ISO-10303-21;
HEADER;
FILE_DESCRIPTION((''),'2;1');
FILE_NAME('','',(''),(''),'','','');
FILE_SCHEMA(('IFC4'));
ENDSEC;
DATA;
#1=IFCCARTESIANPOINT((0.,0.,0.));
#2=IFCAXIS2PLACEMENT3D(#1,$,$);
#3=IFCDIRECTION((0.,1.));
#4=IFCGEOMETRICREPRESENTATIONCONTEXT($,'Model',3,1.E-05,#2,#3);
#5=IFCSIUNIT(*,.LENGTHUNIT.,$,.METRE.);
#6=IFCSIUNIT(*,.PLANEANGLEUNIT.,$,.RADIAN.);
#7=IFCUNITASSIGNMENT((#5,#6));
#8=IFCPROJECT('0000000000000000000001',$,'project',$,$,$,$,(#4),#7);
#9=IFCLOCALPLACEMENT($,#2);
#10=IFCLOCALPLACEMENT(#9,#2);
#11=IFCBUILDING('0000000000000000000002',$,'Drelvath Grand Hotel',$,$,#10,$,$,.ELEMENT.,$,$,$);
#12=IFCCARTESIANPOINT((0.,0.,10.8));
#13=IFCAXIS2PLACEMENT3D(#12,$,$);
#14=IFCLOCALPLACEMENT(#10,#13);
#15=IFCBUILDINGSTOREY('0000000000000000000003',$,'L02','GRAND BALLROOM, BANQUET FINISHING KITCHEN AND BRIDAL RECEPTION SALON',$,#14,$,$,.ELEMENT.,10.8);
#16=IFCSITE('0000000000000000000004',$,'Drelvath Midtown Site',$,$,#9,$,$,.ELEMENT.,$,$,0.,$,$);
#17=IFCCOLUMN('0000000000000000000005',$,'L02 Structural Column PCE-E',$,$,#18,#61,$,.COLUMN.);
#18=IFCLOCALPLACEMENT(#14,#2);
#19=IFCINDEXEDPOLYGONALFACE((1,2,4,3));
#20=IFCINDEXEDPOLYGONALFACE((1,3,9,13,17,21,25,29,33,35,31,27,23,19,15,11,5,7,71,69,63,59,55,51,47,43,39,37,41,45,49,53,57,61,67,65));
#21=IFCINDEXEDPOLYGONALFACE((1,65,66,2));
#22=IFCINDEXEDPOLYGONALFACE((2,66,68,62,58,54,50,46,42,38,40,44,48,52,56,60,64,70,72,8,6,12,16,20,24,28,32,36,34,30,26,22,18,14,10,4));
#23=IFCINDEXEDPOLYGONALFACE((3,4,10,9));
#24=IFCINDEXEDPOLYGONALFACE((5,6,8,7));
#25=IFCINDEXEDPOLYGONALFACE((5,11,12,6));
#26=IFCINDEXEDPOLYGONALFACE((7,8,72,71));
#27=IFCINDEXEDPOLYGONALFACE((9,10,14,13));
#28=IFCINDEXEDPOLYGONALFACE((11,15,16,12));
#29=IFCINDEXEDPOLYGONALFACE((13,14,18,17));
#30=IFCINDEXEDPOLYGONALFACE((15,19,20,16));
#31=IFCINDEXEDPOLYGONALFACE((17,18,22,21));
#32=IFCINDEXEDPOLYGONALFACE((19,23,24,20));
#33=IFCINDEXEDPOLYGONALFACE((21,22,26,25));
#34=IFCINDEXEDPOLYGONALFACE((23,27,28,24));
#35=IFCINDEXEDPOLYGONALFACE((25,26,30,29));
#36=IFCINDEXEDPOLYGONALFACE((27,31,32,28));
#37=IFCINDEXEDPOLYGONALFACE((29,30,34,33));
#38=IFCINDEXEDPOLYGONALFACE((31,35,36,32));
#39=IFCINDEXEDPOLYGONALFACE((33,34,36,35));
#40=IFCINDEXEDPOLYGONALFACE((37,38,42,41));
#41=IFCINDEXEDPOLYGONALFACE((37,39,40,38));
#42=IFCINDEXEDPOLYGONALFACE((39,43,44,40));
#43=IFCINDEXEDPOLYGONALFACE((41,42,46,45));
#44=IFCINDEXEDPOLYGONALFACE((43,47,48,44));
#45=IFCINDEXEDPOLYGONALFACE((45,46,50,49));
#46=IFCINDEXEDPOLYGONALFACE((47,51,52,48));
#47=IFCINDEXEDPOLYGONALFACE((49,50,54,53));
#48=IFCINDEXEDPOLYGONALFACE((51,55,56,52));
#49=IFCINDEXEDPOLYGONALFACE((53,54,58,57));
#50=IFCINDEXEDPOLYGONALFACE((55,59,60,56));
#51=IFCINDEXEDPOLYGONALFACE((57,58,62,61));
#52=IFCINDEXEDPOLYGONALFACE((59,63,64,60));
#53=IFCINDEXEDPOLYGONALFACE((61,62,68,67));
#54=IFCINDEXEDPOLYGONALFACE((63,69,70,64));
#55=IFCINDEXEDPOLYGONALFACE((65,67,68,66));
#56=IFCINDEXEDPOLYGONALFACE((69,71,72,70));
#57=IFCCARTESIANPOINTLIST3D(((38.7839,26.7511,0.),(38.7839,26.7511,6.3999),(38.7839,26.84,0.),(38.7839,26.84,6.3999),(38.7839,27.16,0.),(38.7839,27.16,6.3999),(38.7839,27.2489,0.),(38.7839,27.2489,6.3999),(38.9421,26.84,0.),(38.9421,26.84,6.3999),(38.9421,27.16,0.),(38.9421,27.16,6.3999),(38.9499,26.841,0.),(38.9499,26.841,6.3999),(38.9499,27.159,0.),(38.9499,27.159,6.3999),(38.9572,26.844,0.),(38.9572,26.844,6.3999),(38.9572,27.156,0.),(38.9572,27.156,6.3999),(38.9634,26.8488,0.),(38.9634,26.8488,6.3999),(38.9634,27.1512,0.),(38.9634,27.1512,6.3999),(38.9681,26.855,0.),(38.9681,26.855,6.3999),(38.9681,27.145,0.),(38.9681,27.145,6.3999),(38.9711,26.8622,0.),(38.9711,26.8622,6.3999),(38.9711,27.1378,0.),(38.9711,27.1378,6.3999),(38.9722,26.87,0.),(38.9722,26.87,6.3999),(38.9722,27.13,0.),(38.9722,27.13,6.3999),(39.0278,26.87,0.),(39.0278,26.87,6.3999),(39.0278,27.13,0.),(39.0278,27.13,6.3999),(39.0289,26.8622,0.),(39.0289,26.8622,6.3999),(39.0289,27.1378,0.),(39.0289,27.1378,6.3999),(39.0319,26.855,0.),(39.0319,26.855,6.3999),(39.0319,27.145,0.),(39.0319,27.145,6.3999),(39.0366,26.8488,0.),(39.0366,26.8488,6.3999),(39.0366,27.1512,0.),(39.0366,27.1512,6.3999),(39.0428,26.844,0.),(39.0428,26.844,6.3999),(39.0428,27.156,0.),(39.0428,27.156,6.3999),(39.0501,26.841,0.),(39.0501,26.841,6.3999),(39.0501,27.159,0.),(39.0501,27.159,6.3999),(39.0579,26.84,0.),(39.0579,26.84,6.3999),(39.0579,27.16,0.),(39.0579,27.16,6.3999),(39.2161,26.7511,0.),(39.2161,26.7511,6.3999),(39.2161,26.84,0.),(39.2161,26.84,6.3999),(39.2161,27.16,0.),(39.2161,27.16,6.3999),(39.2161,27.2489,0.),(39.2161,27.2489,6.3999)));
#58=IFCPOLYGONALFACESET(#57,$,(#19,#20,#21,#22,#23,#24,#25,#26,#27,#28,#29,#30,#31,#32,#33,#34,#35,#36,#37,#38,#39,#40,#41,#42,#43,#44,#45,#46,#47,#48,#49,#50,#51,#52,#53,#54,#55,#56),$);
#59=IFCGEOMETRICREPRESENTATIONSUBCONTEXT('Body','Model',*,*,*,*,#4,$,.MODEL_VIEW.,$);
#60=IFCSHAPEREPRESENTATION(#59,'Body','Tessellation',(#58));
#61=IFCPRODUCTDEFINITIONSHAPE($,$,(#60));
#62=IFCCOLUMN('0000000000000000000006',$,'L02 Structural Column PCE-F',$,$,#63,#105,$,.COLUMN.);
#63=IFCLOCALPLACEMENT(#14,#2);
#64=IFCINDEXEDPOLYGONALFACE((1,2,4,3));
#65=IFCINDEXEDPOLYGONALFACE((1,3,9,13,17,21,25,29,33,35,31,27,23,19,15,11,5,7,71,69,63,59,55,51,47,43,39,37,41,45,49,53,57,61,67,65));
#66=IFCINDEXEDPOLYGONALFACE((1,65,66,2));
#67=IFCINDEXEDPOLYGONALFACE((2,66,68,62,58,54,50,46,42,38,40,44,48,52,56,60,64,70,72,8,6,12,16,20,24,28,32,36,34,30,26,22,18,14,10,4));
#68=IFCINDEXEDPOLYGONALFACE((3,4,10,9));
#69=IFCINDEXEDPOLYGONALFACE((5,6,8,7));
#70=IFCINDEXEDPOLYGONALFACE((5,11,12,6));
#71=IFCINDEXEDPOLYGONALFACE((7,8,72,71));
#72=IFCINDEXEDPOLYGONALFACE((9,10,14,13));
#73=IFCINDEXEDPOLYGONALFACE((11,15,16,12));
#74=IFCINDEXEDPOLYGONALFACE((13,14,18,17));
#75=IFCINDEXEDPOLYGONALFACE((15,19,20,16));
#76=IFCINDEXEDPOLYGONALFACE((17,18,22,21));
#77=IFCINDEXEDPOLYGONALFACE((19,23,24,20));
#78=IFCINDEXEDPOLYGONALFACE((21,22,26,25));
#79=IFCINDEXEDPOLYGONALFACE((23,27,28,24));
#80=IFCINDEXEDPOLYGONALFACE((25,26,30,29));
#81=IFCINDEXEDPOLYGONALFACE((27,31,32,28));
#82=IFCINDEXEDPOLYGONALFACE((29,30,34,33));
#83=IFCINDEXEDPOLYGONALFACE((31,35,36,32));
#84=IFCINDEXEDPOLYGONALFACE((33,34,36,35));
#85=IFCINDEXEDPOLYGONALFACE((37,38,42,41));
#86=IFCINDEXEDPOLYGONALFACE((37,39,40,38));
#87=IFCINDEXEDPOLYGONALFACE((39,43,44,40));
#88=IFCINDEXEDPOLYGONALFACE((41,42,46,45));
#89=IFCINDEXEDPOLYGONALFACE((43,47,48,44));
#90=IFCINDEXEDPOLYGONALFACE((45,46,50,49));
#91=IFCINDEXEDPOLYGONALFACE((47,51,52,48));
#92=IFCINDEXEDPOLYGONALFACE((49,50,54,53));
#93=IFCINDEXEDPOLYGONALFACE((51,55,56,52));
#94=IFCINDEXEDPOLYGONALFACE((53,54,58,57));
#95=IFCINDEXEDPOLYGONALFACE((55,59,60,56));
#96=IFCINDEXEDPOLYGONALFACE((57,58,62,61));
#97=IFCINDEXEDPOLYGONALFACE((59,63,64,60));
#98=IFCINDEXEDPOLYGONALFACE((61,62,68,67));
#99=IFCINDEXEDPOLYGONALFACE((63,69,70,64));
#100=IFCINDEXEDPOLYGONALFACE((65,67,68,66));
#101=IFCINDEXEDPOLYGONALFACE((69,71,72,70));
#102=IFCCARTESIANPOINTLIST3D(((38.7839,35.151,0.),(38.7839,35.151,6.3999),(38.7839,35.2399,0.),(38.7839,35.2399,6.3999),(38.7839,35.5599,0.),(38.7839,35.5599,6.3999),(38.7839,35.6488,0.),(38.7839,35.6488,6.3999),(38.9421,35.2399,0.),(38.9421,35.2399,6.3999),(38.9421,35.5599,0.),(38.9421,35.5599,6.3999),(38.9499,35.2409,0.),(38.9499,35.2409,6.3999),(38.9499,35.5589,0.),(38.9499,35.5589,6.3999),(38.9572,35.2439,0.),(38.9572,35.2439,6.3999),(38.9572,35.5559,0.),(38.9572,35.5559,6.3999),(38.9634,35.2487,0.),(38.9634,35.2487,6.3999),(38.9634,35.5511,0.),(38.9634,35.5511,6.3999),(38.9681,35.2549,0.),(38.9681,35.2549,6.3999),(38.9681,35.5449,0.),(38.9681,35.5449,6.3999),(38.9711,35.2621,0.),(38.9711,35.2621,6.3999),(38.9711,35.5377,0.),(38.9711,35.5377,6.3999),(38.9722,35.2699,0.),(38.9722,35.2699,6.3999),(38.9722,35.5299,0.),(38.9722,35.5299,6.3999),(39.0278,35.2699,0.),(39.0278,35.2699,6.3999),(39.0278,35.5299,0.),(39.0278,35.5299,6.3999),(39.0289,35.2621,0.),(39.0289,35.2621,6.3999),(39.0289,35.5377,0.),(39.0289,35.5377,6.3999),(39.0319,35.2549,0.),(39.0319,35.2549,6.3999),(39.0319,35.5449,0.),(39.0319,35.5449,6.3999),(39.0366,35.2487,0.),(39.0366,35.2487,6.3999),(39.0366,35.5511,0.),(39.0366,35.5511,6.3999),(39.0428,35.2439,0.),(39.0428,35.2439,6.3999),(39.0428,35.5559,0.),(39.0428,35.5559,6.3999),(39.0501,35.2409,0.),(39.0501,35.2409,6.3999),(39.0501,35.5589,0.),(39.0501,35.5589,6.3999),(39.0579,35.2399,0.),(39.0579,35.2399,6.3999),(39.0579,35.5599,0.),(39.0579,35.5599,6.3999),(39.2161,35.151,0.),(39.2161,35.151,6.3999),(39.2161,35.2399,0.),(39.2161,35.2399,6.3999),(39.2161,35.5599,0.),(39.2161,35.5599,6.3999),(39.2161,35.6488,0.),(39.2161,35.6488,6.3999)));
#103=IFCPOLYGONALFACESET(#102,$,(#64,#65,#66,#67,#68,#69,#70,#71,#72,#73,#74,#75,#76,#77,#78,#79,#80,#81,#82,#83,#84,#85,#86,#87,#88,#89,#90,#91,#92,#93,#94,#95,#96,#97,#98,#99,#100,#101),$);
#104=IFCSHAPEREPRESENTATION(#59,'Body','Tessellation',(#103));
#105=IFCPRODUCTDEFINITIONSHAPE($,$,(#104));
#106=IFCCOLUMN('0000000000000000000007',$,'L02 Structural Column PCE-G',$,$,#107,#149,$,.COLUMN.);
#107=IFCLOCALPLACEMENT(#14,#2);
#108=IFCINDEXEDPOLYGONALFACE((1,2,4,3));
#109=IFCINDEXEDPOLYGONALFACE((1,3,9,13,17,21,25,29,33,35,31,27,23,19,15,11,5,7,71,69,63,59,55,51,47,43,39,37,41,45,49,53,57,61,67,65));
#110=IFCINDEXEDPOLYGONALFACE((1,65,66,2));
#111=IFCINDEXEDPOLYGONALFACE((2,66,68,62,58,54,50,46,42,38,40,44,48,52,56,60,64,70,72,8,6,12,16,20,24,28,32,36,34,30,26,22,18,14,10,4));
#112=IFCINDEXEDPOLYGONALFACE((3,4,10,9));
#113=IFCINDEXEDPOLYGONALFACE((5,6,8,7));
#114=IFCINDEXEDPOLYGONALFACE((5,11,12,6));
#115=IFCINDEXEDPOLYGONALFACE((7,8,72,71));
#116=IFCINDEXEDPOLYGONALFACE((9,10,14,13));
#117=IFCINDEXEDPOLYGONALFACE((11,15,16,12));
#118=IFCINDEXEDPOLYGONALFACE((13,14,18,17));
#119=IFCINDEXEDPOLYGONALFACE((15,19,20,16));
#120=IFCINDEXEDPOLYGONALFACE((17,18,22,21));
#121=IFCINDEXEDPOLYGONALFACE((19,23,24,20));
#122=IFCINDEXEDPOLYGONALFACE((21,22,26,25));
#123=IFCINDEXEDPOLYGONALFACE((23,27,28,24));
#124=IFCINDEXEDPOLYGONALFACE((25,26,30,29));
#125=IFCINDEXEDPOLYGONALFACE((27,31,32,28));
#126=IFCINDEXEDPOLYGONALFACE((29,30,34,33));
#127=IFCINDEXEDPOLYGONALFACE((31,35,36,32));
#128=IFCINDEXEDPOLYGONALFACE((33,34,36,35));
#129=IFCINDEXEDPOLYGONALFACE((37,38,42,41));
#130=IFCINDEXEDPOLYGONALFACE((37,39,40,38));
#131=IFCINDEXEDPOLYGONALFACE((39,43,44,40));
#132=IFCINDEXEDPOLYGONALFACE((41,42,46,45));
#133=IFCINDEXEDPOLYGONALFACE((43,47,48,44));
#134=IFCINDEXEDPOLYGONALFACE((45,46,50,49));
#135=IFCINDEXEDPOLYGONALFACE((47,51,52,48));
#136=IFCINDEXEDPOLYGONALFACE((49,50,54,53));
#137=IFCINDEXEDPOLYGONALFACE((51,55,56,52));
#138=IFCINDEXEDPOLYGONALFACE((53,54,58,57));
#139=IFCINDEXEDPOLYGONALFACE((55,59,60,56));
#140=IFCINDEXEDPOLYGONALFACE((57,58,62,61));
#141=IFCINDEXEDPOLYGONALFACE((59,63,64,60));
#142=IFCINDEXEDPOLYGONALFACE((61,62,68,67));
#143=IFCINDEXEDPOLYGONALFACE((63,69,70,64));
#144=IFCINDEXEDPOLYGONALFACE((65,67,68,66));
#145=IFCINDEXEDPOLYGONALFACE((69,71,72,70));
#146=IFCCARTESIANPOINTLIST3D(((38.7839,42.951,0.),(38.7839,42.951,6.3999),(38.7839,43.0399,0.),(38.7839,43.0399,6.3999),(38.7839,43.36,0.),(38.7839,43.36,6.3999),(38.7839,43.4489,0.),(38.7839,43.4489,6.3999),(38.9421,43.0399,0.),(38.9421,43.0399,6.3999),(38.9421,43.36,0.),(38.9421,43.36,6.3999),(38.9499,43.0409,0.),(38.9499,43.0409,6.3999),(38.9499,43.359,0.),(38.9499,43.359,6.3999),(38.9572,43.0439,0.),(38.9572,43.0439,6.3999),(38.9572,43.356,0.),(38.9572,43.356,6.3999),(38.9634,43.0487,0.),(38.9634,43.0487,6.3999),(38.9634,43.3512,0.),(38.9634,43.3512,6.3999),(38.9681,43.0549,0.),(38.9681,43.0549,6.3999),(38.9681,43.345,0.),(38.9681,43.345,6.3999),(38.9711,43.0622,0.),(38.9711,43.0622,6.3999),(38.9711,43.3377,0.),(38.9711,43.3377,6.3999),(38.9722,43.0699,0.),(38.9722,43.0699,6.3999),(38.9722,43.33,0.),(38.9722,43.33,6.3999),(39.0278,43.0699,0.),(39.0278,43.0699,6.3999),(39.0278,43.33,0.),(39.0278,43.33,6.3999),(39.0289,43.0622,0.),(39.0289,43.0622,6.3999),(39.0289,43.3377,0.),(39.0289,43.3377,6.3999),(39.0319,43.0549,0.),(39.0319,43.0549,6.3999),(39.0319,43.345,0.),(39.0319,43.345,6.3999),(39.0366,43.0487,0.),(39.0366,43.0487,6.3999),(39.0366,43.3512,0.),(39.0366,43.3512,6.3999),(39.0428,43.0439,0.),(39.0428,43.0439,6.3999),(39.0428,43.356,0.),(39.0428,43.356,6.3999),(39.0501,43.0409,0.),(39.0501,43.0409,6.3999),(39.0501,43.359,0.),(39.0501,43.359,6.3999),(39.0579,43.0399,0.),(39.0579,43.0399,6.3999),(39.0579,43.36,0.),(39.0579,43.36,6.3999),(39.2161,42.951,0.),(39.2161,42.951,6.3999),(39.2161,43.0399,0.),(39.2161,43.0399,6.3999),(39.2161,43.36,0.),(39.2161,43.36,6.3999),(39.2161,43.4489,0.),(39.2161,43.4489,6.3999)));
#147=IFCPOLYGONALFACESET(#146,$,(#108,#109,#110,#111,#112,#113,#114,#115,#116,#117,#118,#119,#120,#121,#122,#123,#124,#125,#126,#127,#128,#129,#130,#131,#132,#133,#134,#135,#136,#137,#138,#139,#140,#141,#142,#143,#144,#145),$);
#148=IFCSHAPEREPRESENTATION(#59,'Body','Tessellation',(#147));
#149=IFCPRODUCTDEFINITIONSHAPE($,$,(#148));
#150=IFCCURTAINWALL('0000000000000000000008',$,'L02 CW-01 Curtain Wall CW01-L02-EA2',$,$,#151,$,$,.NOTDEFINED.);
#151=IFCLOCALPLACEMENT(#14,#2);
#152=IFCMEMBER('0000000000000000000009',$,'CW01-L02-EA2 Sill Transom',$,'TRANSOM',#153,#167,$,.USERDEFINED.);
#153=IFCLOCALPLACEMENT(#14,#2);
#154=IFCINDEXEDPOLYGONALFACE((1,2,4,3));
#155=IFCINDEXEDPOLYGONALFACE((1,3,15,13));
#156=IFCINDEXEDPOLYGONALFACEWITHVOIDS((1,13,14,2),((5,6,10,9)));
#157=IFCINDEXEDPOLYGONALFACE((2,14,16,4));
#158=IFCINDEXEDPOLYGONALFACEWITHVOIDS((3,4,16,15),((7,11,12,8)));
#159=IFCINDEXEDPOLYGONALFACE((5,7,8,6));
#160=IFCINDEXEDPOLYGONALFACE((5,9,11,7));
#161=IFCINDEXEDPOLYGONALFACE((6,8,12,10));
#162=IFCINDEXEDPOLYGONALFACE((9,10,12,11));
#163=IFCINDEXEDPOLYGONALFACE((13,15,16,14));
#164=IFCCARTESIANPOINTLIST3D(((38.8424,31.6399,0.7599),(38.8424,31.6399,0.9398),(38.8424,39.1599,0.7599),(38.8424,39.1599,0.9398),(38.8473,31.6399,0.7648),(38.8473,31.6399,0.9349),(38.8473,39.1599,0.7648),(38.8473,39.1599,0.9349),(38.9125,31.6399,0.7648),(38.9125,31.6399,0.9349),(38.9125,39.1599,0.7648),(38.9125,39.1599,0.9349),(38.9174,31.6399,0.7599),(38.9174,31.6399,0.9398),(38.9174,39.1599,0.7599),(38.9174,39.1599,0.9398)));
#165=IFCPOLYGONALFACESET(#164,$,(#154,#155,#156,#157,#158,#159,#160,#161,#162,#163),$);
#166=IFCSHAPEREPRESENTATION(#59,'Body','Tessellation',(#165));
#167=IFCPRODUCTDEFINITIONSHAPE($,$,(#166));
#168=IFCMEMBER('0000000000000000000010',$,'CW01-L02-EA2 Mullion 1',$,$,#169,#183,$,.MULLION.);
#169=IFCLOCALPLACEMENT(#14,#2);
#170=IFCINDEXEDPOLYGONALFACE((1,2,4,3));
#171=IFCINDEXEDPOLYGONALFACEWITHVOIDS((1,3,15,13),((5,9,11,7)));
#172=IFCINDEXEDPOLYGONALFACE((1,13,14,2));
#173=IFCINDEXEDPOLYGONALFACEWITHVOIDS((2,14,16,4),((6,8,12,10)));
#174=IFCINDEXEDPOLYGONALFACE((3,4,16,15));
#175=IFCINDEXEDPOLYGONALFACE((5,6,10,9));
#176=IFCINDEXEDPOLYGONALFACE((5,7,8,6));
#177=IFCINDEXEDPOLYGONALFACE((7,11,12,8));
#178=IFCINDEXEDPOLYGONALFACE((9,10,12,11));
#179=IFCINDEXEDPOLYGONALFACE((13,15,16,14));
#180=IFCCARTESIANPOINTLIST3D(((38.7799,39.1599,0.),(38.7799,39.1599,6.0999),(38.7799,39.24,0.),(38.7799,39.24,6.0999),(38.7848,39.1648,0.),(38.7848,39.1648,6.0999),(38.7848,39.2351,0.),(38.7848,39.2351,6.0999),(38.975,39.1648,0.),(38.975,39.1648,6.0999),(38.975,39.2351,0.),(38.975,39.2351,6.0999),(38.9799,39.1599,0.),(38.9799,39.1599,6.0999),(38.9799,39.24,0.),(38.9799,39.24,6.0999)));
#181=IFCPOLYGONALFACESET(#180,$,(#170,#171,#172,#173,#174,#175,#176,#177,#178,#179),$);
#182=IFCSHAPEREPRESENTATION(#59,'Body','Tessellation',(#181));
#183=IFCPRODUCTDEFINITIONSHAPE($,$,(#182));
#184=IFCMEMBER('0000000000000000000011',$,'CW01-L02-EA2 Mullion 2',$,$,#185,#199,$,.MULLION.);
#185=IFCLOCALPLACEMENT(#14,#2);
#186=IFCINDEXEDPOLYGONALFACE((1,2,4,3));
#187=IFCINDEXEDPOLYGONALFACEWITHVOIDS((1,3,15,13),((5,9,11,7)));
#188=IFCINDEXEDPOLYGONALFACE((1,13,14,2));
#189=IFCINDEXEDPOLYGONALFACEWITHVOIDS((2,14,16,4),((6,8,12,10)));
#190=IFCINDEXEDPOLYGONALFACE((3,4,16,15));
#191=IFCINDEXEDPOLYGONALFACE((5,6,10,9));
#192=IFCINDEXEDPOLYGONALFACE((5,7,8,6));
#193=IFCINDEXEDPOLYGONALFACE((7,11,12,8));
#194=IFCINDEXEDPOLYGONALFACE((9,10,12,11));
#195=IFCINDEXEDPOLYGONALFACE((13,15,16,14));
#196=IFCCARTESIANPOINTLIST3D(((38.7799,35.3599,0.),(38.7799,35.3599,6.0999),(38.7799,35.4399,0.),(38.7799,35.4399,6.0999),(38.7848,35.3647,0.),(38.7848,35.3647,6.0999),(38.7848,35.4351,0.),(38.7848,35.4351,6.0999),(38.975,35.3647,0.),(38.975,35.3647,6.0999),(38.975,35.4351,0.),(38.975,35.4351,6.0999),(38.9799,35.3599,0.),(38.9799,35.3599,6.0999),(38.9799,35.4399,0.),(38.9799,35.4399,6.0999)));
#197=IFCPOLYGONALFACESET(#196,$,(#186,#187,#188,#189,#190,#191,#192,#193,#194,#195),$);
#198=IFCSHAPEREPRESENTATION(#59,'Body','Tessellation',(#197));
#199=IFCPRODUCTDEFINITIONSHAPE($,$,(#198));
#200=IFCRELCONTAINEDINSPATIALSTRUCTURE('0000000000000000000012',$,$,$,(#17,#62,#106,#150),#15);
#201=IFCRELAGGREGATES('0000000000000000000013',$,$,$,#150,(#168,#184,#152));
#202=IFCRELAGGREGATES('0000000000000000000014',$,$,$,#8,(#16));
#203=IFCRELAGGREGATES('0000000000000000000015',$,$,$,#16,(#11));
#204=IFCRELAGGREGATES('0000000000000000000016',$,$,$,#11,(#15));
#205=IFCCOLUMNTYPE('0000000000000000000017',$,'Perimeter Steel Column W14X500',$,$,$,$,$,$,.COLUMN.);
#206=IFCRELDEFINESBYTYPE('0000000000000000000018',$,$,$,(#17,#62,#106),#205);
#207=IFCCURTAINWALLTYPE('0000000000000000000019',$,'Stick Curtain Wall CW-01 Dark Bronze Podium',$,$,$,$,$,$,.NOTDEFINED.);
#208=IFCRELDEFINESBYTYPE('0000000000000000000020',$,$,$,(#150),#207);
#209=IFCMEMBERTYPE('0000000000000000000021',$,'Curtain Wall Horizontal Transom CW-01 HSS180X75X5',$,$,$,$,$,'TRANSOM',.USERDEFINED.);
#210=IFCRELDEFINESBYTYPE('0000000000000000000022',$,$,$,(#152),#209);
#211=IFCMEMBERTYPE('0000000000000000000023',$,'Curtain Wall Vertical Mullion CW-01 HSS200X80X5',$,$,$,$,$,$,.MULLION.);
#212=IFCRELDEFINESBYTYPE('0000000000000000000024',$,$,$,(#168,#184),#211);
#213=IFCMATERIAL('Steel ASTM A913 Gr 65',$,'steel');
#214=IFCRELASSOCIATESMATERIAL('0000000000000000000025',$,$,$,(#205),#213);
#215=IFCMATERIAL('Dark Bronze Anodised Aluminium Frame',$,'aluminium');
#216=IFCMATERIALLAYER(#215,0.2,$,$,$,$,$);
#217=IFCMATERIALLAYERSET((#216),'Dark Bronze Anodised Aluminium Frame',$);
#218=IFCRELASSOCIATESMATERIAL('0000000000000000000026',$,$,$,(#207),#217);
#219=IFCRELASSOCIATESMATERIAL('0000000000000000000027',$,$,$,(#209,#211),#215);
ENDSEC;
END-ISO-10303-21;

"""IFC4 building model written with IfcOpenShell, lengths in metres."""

from ifc_helpers import new_model, si_unit, direction, frame, origin, origin_2d, place, context, subcontext, project, spatial, hollow_rectangle, i_section, extrude, material, layer, layer_set, material_profile, profile_set, type_object, element, aggregate, save


model = new_model("IFC4")

# Units and contexts
model_context = context("Model", 3, precision=1e-05, world=origin(), true_north=direction((0.0, 1.0)))
body_context = subcontext(model_context, "Body", "Model", "MODEL_VIEW")
ifc_project = project(units=[si_unit("LENGTHUNIT", "METRE"), si_unit("PLANEANGLEUNIT", "RADIAN")], contexts=[model_context])

# Site, building, storey
site_placement = place(None, origin())
site = spatial("IfcSite", under=ifc_project, at=site_placement, Name="Drelvath Midtown Site", CompositionType="ELEMENT", RefElevation=0.0)
building_placement = place(site_placement, origin())
building = spatial("IfcBuilding", under=site, at=building_placement, Name="Drelvath Grand Hotel", CompositionType="ELEMENT")
storey_placement = place(building_placement, frame((0.0, 0.0, 10.8)))
storey = spatial("IfcBuildingStorey", under=building, at=storey_placement, Name="L02", Description="GRAND BALLROOM, BANQUET FINISHING KITCHEN AND BRIDAL RECEPTION SALON", CompositionType="ELEMENT", Elevation=10.8)

# Columns
ifc_material_1 = material(Name="Steel ASTM A913 Gr 65", Category="steel")
ifc_material_profile_1 = material_profile(ifc_material_1, i_section(OverallWidth=0.4321, OverallDepth=0.4978, WebThickness=0.0557, FlangeThickness=0.0889, FilletRadius=0.03, at=origin_2d()), Name="W14X500")
ifc_profile_set_1 = profile_set([ifc_material_profile_1], Name="Steel ASTM A913 Gr 65")
column_type = type_object("IfcColumnType", Name="Perimeter Steel Column W14X500", PredefinedType="COLUMN", material=ifc_profile_set_1)
for number, where, z_axis, x_axis, name in (
    (1, (39.0, 27.0, 0.0), (0.0, 0.0, 1.0), (1.0, 0.0, 0.0), "L02 Structural Column PCE-E"),
    (2, (39.0, 35.3999, 0.0), (0.0, 0.0, 1.0), (1.0, 0.0, 0.0), "L02 Structural Column PCE-F"),
    (3, (39.0, 43.2, 0.0), (0.0, 0.0, 1.0), (1.0, 0.0, 0.0), "L02 Structural Column PCE-G"),
):
    element("IfcColumn", number, at=place(storey_placement, frame(where, z_axis=z_axis, x_axis=x_axis)), inside=storey, type_object=column_type, Name=name, PredefinedType="COLUMN", context=body_context, shape_type="SweptSolid", body=[
        extrude(i_section(OverallWidth=0.4321, OverallDepth=0.4978, WebThickness=0.0557, FlangeThickness=0.0889, FilletRadius=0.03, at=origin_2d()), origin(), (0.0, 0.0, 1.0), 6.3999),
    ])

# Curtain wall, members
ifc_material_2 = material(Name="Dark Bronze Anodised Aluminium Frame", Category="aluminium")
ifc_layer_1 = layer(ifc_material_2, 0.2)
ifc_layer_set_1 = layer_set([ifc_layer_1], Name="Dark Bronze Anodised Aluminium Frame")
curtain_wall_type = type_object("IfcCurtainWallType", Name="Stick Curtain Wall CW-01 Dark Bronze Podium", PredefinedType="NOTDEFINED", material=ifc_layer_set_1)
curtain_wall_placement = place(storey_placement, origin())
curtain_wall = element("IfcCurtainWall", 4, at=curtain_wall_placement, inside=storey, type_object=curtain_wall_type, Name="L02 CW-01 Curtain Wall CW01-L02-EA2", PredefinedType="NOTDEFINED")
ifc_material_profile_2 = material_profile(ifc_material_2, hollow_rectangle(XDim=0.075, YDim=0.1799, WallThickness=0.0049, at=origin_2d()), Name="HSS180X75X5")
ifc_profile_set_2 = profile_set([ifc_material_profile_2], Name="Dark Bronze Anodised Aluminium Frame")
member_type_1 = type_object("IfcMemberType", Name="Curtain Wall Horizontal Transom CW-01 HSS180X75X5", ElementType="TRANSOM", PredefinedType="USERDEFINED", material=ifc_profile_set_2)
member_1_placement = place(storey_placement, frame((38.8799, 39.1599, 0.8499), z_axis=(0.0, -1.0, 0.0), x_axis=(1.0, 0.0, 0.0)))
member_1 = element("IfcMember", 5, at=member_1_placement, type_object=member_type_1, Name="CW01-L02-EA2 Sill Transom", ObjectType="TRANSOM", PredefinedType="USERDEFINED", context=body_context, shape_type="SweptSolid", body=[
    extrude(hollow_rectangle(XDim=0.075, YDim=0.1799, WallThickness=0.0049, at=origin_2d()), origin(), (0.0, 0.0, 1.0), 7.52),
])
ifc_material_profile_3 = material_profile(ifc_material_2, hollow_rectangle(XDim=0.0801, YDim=0.2, WallThickness=0.0049, at=origin_2d()), Name="HSS200X80X5")
ifc_profile_set_3 = profile_set([ifc_material_profile_3], Name="Dark Bronze Anodised Aluminium Frame")
member_type_2 = type_object("IfcMemberType", Name="Curtain Wall Vertical Mullion CW-01 HSS200X80X5", PredefinedType="MULLION", material=ifc_profile_set_3)
member_2_placement = place(storey_placement, frame((38.8799, 39.2, 0.0), z_axis=(0.0, 0.0, 1.0), x_axis=(0.0, 1.0, 0.0)))
member_2 = element("IfcMember", 6, at=member_2_placement, type_object=member_type_2, Name="CW01-L02-EA2 Mullion 1", PredefinedType="MULLION", context=body_context, shape_type="SweptSolid", body=[
    extrude(hollow_rectangle(XDim=0.0801, YDim=0.2, WallThickness=0.0049, at=origin_2d()), origin(), (0.0, 0.0, 1.0), 6.0999),
])
member_3_placement = place(storey_placement, frame((38.8799, 35.3999, 0.0), z_axis=(0.0, 0.0, 1.0), x_axis=(0.0, 1.0, 0.0)))
member_3 = element("IfcMember", 7, at=member_3_placement, type_object=member_type_2, Name="CW01-L02-EA2 Mullion 2", PredefinedType="MULLION", context=body_context, shape_type="SweptSolid", body=[
    extrude(hollow_rectangle(XDim=0.0801, YDim=0.2, WallThickness=0.0049, at=origin_2d()), origin(), (0.0, 0.0, 1.0), 6.0999),
])

aggregate(curtain_wall, [member_2, member_3, member_1])

save(model, "model.ifc")
